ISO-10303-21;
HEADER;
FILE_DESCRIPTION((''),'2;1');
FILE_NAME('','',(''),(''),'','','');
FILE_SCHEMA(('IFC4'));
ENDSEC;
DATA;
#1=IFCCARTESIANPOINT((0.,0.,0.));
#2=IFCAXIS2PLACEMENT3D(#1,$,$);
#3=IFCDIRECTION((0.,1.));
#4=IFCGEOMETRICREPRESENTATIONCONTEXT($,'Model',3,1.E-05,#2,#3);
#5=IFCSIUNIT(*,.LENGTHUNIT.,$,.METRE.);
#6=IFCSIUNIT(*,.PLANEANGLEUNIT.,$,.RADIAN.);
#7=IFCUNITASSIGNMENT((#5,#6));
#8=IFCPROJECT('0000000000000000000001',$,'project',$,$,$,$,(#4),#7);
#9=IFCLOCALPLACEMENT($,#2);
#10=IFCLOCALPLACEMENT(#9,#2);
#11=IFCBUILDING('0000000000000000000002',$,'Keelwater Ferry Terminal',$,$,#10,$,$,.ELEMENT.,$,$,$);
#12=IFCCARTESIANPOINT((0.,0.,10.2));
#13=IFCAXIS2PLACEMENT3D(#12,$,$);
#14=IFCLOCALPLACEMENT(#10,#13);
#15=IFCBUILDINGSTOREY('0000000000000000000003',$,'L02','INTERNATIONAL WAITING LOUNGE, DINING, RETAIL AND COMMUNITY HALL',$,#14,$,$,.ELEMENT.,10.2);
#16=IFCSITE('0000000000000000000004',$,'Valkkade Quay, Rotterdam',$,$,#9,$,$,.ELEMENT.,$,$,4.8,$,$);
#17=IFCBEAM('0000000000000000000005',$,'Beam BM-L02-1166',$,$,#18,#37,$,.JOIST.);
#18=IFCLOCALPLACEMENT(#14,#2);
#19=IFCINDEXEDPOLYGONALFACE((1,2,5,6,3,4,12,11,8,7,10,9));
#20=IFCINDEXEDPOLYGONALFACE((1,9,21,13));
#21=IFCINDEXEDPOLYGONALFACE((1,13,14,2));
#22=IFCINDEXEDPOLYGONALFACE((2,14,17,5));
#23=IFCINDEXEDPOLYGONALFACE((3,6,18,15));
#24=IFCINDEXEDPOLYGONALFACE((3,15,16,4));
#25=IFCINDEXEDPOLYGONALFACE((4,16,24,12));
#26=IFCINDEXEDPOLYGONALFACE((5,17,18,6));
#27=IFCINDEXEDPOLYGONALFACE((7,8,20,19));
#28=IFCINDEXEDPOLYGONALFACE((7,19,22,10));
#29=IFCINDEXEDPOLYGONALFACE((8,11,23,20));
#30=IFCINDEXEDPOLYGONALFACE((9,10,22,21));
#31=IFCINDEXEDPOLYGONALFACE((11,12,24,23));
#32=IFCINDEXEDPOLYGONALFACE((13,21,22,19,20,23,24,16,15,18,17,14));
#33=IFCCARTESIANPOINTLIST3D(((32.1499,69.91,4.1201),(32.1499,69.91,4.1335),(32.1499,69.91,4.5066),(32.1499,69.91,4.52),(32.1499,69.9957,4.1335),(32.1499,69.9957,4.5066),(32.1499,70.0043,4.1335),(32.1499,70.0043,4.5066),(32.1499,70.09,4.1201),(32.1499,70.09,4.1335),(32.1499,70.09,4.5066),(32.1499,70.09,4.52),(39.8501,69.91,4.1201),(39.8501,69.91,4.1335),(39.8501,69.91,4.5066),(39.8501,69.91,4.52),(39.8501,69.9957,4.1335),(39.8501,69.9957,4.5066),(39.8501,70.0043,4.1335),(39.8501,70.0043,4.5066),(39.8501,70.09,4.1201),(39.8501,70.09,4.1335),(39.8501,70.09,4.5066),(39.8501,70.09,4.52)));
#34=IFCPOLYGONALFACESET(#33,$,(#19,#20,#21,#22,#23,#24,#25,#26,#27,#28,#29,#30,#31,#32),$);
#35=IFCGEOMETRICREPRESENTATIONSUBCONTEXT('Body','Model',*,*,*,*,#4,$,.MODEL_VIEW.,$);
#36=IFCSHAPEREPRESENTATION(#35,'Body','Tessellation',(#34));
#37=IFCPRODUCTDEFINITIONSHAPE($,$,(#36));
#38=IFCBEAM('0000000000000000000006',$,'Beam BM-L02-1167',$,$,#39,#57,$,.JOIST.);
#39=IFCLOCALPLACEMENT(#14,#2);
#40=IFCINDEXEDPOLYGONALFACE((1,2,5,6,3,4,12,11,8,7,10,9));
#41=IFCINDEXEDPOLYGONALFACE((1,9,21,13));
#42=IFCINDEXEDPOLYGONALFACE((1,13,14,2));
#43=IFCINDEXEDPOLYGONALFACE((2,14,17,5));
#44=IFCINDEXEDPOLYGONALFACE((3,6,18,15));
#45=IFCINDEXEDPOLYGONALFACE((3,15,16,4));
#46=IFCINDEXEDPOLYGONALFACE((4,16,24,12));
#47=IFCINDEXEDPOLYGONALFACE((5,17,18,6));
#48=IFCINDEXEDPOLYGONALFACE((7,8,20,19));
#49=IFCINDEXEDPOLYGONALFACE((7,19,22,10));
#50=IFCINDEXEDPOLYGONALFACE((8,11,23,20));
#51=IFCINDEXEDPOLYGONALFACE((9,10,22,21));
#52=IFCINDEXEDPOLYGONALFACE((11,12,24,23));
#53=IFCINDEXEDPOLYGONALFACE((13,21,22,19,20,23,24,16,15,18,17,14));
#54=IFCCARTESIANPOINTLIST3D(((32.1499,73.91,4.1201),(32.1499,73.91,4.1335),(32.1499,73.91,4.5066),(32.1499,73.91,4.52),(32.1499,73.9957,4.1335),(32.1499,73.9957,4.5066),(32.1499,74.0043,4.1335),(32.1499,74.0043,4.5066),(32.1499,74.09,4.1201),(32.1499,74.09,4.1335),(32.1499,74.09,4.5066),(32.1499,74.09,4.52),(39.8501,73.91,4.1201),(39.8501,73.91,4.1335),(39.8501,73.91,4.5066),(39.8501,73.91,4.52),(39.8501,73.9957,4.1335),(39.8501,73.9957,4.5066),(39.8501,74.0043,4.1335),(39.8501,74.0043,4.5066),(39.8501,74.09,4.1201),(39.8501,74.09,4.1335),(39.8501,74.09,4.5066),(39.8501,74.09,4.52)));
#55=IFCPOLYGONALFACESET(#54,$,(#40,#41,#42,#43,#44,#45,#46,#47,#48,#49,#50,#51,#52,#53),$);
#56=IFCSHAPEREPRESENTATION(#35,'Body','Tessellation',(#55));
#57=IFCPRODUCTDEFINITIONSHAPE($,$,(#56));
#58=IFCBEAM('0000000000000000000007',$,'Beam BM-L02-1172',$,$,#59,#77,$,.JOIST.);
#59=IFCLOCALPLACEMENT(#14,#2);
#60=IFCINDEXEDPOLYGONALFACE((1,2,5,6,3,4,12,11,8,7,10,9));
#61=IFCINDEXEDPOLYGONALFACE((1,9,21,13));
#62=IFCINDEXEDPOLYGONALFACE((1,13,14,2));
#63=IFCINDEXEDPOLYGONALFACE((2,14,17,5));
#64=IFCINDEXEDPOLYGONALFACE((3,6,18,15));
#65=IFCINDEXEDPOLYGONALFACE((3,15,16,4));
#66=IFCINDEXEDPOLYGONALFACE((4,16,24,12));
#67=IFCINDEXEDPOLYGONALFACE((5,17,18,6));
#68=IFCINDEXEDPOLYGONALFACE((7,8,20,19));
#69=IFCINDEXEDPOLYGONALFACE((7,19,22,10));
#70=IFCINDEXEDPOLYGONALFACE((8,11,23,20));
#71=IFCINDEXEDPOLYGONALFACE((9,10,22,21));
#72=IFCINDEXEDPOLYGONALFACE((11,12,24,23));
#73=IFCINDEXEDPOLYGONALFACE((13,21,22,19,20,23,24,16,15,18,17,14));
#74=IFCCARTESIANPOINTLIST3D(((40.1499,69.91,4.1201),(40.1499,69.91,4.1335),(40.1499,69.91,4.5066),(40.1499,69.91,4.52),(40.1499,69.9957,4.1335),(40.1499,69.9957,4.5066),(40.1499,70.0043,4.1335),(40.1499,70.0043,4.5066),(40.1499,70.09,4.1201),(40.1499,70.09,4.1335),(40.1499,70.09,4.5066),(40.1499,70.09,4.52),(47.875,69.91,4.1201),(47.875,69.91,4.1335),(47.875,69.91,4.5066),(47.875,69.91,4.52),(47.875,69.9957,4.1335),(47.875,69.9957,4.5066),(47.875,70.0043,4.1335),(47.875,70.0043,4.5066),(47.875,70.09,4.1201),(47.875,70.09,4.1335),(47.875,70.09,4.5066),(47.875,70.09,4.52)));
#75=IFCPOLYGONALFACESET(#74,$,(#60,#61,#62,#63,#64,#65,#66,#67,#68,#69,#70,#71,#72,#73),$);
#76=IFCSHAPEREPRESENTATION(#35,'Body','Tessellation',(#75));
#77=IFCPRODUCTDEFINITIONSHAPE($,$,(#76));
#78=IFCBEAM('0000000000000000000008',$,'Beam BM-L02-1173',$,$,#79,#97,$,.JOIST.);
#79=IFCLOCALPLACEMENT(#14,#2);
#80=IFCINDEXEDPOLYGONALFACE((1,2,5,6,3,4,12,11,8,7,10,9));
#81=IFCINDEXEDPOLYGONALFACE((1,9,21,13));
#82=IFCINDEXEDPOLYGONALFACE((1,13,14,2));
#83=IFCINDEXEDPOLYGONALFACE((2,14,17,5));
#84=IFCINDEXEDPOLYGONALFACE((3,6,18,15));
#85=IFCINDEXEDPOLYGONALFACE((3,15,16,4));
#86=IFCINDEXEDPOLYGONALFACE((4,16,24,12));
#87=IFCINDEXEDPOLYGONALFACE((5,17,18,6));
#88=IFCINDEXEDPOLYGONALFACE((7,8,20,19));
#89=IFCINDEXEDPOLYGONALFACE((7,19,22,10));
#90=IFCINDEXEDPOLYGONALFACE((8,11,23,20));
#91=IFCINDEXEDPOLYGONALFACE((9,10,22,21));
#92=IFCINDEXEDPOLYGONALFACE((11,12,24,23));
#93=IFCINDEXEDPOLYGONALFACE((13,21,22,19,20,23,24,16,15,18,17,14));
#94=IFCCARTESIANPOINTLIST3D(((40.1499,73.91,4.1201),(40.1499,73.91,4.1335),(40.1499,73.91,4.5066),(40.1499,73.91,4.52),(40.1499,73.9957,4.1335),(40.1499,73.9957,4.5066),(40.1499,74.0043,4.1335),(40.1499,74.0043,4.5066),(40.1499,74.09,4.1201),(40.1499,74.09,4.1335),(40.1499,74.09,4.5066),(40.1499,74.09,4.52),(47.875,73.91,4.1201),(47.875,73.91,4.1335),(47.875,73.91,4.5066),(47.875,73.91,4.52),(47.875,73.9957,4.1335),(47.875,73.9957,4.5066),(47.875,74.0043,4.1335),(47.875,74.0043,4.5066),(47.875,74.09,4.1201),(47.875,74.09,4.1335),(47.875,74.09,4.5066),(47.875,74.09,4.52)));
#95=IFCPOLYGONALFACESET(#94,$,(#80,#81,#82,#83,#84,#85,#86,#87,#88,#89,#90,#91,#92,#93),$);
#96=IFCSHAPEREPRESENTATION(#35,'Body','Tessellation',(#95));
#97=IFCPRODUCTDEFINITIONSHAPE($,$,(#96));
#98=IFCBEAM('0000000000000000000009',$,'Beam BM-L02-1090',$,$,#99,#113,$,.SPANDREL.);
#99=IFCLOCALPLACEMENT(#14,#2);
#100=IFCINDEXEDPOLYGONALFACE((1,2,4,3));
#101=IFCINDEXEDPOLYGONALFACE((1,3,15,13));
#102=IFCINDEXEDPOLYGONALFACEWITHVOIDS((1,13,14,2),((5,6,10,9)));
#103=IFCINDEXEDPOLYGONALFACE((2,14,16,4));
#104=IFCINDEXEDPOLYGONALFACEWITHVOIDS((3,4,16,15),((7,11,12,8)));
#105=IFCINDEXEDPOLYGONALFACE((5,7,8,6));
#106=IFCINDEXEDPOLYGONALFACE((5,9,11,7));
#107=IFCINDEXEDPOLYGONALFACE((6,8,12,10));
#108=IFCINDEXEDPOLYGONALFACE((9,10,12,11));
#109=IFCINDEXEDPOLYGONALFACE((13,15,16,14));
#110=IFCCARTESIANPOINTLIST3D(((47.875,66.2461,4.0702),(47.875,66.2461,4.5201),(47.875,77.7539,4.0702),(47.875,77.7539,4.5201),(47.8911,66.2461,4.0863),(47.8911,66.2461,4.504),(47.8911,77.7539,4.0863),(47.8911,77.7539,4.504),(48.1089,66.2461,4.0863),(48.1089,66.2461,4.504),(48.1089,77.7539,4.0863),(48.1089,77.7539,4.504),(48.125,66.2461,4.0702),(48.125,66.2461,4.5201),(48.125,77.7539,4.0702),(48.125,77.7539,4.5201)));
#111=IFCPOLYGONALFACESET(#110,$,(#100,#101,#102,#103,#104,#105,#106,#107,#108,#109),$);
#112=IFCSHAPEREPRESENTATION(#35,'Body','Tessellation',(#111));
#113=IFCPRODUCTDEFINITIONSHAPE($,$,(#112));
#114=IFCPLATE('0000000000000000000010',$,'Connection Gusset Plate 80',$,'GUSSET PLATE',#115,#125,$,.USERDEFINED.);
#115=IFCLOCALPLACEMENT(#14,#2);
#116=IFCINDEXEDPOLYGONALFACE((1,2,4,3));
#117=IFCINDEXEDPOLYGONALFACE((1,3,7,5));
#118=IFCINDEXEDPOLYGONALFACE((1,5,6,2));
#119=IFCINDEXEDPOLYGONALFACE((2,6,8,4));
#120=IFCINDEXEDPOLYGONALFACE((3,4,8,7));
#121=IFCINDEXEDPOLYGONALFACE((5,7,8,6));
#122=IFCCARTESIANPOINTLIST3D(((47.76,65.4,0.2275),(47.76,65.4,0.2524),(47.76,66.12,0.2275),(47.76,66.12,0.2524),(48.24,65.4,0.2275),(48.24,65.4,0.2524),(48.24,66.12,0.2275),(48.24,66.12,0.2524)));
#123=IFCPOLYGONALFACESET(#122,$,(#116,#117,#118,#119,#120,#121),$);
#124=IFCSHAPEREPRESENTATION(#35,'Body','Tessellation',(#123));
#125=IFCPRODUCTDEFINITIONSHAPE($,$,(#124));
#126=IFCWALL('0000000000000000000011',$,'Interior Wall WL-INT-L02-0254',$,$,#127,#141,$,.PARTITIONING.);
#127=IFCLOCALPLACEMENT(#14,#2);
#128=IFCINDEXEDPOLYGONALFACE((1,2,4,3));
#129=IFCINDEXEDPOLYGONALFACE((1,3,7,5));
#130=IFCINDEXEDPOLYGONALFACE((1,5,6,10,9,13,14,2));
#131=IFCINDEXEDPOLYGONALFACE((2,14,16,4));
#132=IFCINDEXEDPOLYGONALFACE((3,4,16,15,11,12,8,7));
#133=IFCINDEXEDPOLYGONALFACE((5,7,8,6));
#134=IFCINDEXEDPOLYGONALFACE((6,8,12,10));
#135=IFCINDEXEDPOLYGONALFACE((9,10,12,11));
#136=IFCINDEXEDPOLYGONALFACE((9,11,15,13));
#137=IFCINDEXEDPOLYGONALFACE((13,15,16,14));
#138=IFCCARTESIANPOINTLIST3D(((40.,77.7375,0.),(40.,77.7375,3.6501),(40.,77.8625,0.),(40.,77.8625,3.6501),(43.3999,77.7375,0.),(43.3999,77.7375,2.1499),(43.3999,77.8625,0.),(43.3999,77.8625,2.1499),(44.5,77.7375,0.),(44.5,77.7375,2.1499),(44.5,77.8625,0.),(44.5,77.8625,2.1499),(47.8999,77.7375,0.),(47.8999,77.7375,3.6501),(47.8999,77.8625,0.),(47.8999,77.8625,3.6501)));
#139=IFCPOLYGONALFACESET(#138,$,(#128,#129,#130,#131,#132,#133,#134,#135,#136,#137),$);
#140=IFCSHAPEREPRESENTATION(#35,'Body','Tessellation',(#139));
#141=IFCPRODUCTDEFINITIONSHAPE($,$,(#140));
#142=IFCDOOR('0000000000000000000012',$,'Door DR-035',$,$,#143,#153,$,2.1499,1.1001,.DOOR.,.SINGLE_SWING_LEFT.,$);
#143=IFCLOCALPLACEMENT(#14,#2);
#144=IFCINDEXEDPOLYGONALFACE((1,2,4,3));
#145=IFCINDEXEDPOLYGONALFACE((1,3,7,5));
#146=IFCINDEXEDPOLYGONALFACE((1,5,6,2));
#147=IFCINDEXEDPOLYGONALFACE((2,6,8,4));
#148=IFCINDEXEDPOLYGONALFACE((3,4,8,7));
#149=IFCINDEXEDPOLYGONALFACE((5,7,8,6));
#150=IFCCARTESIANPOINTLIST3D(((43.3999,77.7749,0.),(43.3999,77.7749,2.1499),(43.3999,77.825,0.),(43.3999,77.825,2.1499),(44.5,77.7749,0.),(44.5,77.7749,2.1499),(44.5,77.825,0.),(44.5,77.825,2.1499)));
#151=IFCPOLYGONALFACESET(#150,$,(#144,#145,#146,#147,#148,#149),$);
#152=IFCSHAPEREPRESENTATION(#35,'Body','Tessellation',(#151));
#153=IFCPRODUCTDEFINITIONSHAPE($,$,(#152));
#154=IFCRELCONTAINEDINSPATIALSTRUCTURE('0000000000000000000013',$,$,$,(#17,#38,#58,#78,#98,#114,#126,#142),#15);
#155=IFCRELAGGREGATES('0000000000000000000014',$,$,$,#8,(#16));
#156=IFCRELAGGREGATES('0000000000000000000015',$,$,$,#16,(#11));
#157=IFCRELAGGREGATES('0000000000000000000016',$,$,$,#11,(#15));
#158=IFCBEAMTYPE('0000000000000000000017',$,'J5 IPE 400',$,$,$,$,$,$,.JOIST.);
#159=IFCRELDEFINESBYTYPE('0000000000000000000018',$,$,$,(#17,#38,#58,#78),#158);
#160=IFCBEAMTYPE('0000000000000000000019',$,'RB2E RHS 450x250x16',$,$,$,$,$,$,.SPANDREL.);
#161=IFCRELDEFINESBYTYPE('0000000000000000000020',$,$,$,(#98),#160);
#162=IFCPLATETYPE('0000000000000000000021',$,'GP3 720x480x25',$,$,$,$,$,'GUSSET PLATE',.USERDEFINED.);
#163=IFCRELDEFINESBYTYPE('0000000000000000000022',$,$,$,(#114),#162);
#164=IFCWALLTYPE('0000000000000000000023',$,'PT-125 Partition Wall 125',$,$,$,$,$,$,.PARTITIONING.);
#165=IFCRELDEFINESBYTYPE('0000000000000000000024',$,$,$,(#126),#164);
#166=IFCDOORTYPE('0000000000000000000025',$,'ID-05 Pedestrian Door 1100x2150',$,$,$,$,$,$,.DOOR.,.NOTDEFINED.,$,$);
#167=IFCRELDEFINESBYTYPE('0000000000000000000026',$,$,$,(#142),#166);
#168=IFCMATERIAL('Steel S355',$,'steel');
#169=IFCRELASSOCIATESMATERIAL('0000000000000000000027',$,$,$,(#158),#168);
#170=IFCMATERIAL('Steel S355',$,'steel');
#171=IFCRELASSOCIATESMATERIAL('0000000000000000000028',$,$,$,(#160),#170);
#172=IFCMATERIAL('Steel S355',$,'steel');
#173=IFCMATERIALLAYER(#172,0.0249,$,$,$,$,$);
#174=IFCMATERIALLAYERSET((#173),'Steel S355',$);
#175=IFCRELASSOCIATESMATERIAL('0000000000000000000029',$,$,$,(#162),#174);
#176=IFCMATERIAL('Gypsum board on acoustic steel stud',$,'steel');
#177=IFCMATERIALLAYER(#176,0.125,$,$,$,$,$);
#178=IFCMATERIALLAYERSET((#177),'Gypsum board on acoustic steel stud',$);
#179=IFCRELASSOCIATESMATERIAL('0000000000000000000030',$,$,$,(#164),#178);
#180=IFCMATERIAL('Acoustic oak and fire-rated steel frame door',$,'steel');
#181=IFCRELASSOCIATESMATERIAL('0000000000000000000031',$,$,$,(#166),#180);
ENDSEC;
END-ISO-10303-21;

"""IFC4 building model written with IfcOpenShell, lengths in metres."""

from ifc_helpers import new_model, si_unit, direction, frame, frame_2d, origin, origin_2d, place, context, subcontext, project, spatial, rectangle, hollow_rectangle, i_section, extrude, material, layer, layer_set, material_profile, profile_set, type_object, element, fill, save


model = new_model("IFC4")

# Units and contexts
model_context = context("Model", 3, precision=1e-05, world=origin(), true_north=direction((0.0, 1.0)))
body_context = subcontext(model_context, "Body", "Model", "MODEL_VIEW")
ifc_project = project(units=[si_unit("LENGTHUNIT", "METRE"), si_unit("PLANEANGLEUNIT", "RADIAN")], contexts=[model_context])

# Site, building, storey
site_placement = place(None, origin())
site = spatial("IfcSite", under=ifc_project, at=site_placement, Name="Valkkade Quay, Rotterdam", CompositionType="ELEMENT", RefElevation=4.8)
building_placement = place(site_placement, origin())
building = spatial("IfcBuilding", under=site, at=building_placement, Name="Keelwater Ferry Terminal", CompositionType="ELEMENT")
storey_placement = place(building_placement, frame((0.0, 0.0, 10.2)))
storey = spatial("IfcBuildingStorey", under=building, at=storey_placement, Name="L02", Description="INTERNATIONAL WAITING LOUNGE, DINING, RETAIL AND COMMUNITY HALL", CompositionType="ELEMENT", Elevation=10.2)

# Beams
ifc_material_1 = material(Name="Steel S355", Category="steel")
ifc_material_profile_1 = material_profile(ifc_material_1, i_section(OverallWidth=0.1799, OverallDepth=0.3999, WebThickness=0.0085, FlangeThickness=0.0134, at=origin_2d()), Name="IPE 400")
ifc_profile_set_1 = profile_set([ifc_material_profile_1], Name="Steel S355")
beam_type_1 = type_object("IfcBeamType", Name="J5 IPE 400", PredefinedType="JOIST", material=ifc_profile_set_1)
for number, where, z_axis, x_axis, name in (
    (1, (32.1499, 70.0, 4.3201), (1.0, 0.0, 0.0), (0.0, 1.0, 0.0), "Beam BM-L02-1166"),
    (2, (32.1499, 74.0, 4.3201), (1.0, 0.0, 0.0), (0.0, 1.0, 0.0), "Beam BM-L02-1167"),
):
    element("IfcBeam", number, at=place(storey_placement, frame(where, z_axis=z_axis, x_axis=x_axis)), inside=storey, type_object=beam_type_1, Name=name, PredefinedType="JOIST", context=body_context, shape_type="SweptSolid", body=[
        extrude(i_section(OverallWidth=0.1799, OverallDepth=0.3999, WebThickness=0.0085, FlangeThickness=0.0134, at=origin_2d()), origin(), (0.0, 0.0, 1.0), 7.7002),
    ])
for number, where, z_axis, x_axis, name in (
    (3, (40.1499, 70.0, 4.3201), (1.0, 0.0, 0.0), (0.0, 1.0, 0.0), "Beam BM-L02-1172"),
    (4, (40.1499, 74.0, 4.3201), (1.0, 0.0, 0.0), (0.0, 1.0, 0.0), "Beam BM-L02-1173"),
):
    element("IfcBeam", number, at=place(storey_placement, frame(where, z_axis=z_axis, x_axis=x_axis)), inside=storey, type_object=beam_type_1, Name=name, PredefinedType="JOIST", context=body_context, shape_type="SweptSolid", body=[
        extrude(i_section(OverallWidth=0.1799, OverallDepth=0.3999, WebThickness=0.0085, FlangeThickness=0.0134, at=origin_2d()), origin(), (0.0, 0.0, 1.0), 7.7251),
    ])
ifc_material_2 = material(Name="Steel S355", Category="steel")
ifc_material_profile_2 = material_profile(ifc_material_2, hollow_rectangle(XDim=0.25, YDim=0.45, WallThickness=0.0161, at=origin_2d()), Name="RHS 450x250x16")
ifc_profile_set_2 = profile_set([ifc_material_profile_2], Name="Steel S355")
beam_type_2 = type_object("IfcBeamType", Name="RB2E RHS 450x250x16", PredefinedType="SPANDREL", material=ifc_profile_set_2)
beam_1_placement = place(storey_placement, frame((48.0, 66.2461, 4.2952), z_axis=(0.0, 1.0, 0.0), x_axis=(-1.0, 0.0, 0.0)))
element("IfcBeam", 5, at=beam_1_placement, inside=storey, type_object=beam_type_2, Name="Beam BM-L02-1090", PredefinedType="SPANDREL", context=body_context, shape_type="SweptSolid", body=[
    extrude(hollow_rectangle(XDim=0.25, YDim=0.45, WallThickness=0.0161, at=origin_2d()), origin(), (0.0, 0.0, 1.0), 11.5078),
])

# Plate
ifc_material_3 = material(Name="Steel S355", Category="steel")
ifc_layer_1 = layer(ifc_material_3, 0.0249)
ifc_layer_set_1 = layer_set([ifc_layer_1], Name="Steel S355")
plate_type = type_object("IfcPlateType", Name="GP3 720x480x25", ElementType="GUSSET PLATE", PredefinedType="USERDEFINED", material=ifc_layer_set_1)
plate_placement = place(storey_placement, frame((48.0, 65.76, 0.2275), z_axis=(0.0, 0.0, 1.0), x_axis=(0.0, 1.0, 0.0)))
element("IfcPlate", 6, at=plate_placement, inside=storey, type_object=plate_type, Name="Connection Gusset Plate 80", ObjectType="GUSSET PLATE", PredefinedType="USERDEFINED", context=body_context, shape_type="SweptSolid", body=[
    extrude(rectangle(XDim=0.72, YDim=0.48, at=origin_2d()), origin(), (0.0, 0.0, 1.0), 0.0249),
])

# Wall, opening, door
ifc_material_4 = material(Name="Gypsum board on acoustic steel stud", Category="steel")
ifc_layer_2 = layer(ifc_material_4, 0.125)
ifc_layer_set_2 = layer_set([ifc_layer_2], Name="Gypsum board on acoustic steel stud")
wall_type_1 = type_object("IfcWallType", Name="PT-125 Partition Wall 125", PredefinedType="PARTITIONING", material=ifc_layer_set_2)
wall_1_placement = place(storey_placement, frame((40.0, 77.8, 0.0), z_axis=(0.0, 0.0, 1.0), x_axis=(1.0, 0.0, 0.0)))
wall_1 = element("IfcWall", 7, at=wall_1_placement, inside=storey, type_object=wall_type_1, Name="Interior Wall WL-INT-L02-0254", PredefinedType="PARTITIONING", context=body_context, shape_type="SweptSolid", body=[
    extrude(rectangle(XDim=7.8999, YDim=0.125, at=frame_2d((3.95, 0.0))), origin(), (0.0, 0.0, 1.0), 3.6501),
])
opening_1_placement = place(wall_1_placement, frame((3.3999, 0.0, 0.0)))
opening_1 = element("IfcOpeningElement", 8, at=opening_1_placement, cuts=wall_1, PredefinedType="OPENING", context=body_context, shape_type="SweptSolid", body=[
    extrude(rectangle(XDim=1.1001, YDim=2.1499, at=frame_2d((0.55, 1.075))), frame((0.0, 0.0725, 0.0), z_axis=(0.0, -1.0, 0.0), x_axis=(1.0, 0.0, 0.0)), (0.0, 0.0, 1.0), 0.145),
])
ifc_material_5 = material(Name="Acoustic oak and fire-rated steel frame door", Category="steel")
door_type_1 = type_object("IfcDoorType", Name="ID-05 Pedestrian Door 1100x2150", OperationType="NOTDEFINED", PredefinedType="DOOR", material=ifc_material_5)
door_1_placement = place(opening_1_placement, origin())
door_1 = element("IfcDoor", 9, at=door_1_placement, inside=storey, type_object=door_type_1, Name="Door DR-035", OperationType="SINGLE_SWING_LEFT", OverallHeight=2.1499, OverallWidth=1.1001, PredefinedType="DOOR", context=body_context, shape_type="SweptSolid", body=[
    extrude(rectangle(XDim=1.1001, YDim=2.1499, at=frame_2d((0.55, 1.075))), frame((0.0, 0.0249, 0.0), z_axis=(0.0, -1.0, 0.0), x_axis=(1.0, 0.0, 0.0)), (0.0, 0.0, 1.0), 0.05),
])
fill(opening_1, door_1)

save(model, "model.ifc")
